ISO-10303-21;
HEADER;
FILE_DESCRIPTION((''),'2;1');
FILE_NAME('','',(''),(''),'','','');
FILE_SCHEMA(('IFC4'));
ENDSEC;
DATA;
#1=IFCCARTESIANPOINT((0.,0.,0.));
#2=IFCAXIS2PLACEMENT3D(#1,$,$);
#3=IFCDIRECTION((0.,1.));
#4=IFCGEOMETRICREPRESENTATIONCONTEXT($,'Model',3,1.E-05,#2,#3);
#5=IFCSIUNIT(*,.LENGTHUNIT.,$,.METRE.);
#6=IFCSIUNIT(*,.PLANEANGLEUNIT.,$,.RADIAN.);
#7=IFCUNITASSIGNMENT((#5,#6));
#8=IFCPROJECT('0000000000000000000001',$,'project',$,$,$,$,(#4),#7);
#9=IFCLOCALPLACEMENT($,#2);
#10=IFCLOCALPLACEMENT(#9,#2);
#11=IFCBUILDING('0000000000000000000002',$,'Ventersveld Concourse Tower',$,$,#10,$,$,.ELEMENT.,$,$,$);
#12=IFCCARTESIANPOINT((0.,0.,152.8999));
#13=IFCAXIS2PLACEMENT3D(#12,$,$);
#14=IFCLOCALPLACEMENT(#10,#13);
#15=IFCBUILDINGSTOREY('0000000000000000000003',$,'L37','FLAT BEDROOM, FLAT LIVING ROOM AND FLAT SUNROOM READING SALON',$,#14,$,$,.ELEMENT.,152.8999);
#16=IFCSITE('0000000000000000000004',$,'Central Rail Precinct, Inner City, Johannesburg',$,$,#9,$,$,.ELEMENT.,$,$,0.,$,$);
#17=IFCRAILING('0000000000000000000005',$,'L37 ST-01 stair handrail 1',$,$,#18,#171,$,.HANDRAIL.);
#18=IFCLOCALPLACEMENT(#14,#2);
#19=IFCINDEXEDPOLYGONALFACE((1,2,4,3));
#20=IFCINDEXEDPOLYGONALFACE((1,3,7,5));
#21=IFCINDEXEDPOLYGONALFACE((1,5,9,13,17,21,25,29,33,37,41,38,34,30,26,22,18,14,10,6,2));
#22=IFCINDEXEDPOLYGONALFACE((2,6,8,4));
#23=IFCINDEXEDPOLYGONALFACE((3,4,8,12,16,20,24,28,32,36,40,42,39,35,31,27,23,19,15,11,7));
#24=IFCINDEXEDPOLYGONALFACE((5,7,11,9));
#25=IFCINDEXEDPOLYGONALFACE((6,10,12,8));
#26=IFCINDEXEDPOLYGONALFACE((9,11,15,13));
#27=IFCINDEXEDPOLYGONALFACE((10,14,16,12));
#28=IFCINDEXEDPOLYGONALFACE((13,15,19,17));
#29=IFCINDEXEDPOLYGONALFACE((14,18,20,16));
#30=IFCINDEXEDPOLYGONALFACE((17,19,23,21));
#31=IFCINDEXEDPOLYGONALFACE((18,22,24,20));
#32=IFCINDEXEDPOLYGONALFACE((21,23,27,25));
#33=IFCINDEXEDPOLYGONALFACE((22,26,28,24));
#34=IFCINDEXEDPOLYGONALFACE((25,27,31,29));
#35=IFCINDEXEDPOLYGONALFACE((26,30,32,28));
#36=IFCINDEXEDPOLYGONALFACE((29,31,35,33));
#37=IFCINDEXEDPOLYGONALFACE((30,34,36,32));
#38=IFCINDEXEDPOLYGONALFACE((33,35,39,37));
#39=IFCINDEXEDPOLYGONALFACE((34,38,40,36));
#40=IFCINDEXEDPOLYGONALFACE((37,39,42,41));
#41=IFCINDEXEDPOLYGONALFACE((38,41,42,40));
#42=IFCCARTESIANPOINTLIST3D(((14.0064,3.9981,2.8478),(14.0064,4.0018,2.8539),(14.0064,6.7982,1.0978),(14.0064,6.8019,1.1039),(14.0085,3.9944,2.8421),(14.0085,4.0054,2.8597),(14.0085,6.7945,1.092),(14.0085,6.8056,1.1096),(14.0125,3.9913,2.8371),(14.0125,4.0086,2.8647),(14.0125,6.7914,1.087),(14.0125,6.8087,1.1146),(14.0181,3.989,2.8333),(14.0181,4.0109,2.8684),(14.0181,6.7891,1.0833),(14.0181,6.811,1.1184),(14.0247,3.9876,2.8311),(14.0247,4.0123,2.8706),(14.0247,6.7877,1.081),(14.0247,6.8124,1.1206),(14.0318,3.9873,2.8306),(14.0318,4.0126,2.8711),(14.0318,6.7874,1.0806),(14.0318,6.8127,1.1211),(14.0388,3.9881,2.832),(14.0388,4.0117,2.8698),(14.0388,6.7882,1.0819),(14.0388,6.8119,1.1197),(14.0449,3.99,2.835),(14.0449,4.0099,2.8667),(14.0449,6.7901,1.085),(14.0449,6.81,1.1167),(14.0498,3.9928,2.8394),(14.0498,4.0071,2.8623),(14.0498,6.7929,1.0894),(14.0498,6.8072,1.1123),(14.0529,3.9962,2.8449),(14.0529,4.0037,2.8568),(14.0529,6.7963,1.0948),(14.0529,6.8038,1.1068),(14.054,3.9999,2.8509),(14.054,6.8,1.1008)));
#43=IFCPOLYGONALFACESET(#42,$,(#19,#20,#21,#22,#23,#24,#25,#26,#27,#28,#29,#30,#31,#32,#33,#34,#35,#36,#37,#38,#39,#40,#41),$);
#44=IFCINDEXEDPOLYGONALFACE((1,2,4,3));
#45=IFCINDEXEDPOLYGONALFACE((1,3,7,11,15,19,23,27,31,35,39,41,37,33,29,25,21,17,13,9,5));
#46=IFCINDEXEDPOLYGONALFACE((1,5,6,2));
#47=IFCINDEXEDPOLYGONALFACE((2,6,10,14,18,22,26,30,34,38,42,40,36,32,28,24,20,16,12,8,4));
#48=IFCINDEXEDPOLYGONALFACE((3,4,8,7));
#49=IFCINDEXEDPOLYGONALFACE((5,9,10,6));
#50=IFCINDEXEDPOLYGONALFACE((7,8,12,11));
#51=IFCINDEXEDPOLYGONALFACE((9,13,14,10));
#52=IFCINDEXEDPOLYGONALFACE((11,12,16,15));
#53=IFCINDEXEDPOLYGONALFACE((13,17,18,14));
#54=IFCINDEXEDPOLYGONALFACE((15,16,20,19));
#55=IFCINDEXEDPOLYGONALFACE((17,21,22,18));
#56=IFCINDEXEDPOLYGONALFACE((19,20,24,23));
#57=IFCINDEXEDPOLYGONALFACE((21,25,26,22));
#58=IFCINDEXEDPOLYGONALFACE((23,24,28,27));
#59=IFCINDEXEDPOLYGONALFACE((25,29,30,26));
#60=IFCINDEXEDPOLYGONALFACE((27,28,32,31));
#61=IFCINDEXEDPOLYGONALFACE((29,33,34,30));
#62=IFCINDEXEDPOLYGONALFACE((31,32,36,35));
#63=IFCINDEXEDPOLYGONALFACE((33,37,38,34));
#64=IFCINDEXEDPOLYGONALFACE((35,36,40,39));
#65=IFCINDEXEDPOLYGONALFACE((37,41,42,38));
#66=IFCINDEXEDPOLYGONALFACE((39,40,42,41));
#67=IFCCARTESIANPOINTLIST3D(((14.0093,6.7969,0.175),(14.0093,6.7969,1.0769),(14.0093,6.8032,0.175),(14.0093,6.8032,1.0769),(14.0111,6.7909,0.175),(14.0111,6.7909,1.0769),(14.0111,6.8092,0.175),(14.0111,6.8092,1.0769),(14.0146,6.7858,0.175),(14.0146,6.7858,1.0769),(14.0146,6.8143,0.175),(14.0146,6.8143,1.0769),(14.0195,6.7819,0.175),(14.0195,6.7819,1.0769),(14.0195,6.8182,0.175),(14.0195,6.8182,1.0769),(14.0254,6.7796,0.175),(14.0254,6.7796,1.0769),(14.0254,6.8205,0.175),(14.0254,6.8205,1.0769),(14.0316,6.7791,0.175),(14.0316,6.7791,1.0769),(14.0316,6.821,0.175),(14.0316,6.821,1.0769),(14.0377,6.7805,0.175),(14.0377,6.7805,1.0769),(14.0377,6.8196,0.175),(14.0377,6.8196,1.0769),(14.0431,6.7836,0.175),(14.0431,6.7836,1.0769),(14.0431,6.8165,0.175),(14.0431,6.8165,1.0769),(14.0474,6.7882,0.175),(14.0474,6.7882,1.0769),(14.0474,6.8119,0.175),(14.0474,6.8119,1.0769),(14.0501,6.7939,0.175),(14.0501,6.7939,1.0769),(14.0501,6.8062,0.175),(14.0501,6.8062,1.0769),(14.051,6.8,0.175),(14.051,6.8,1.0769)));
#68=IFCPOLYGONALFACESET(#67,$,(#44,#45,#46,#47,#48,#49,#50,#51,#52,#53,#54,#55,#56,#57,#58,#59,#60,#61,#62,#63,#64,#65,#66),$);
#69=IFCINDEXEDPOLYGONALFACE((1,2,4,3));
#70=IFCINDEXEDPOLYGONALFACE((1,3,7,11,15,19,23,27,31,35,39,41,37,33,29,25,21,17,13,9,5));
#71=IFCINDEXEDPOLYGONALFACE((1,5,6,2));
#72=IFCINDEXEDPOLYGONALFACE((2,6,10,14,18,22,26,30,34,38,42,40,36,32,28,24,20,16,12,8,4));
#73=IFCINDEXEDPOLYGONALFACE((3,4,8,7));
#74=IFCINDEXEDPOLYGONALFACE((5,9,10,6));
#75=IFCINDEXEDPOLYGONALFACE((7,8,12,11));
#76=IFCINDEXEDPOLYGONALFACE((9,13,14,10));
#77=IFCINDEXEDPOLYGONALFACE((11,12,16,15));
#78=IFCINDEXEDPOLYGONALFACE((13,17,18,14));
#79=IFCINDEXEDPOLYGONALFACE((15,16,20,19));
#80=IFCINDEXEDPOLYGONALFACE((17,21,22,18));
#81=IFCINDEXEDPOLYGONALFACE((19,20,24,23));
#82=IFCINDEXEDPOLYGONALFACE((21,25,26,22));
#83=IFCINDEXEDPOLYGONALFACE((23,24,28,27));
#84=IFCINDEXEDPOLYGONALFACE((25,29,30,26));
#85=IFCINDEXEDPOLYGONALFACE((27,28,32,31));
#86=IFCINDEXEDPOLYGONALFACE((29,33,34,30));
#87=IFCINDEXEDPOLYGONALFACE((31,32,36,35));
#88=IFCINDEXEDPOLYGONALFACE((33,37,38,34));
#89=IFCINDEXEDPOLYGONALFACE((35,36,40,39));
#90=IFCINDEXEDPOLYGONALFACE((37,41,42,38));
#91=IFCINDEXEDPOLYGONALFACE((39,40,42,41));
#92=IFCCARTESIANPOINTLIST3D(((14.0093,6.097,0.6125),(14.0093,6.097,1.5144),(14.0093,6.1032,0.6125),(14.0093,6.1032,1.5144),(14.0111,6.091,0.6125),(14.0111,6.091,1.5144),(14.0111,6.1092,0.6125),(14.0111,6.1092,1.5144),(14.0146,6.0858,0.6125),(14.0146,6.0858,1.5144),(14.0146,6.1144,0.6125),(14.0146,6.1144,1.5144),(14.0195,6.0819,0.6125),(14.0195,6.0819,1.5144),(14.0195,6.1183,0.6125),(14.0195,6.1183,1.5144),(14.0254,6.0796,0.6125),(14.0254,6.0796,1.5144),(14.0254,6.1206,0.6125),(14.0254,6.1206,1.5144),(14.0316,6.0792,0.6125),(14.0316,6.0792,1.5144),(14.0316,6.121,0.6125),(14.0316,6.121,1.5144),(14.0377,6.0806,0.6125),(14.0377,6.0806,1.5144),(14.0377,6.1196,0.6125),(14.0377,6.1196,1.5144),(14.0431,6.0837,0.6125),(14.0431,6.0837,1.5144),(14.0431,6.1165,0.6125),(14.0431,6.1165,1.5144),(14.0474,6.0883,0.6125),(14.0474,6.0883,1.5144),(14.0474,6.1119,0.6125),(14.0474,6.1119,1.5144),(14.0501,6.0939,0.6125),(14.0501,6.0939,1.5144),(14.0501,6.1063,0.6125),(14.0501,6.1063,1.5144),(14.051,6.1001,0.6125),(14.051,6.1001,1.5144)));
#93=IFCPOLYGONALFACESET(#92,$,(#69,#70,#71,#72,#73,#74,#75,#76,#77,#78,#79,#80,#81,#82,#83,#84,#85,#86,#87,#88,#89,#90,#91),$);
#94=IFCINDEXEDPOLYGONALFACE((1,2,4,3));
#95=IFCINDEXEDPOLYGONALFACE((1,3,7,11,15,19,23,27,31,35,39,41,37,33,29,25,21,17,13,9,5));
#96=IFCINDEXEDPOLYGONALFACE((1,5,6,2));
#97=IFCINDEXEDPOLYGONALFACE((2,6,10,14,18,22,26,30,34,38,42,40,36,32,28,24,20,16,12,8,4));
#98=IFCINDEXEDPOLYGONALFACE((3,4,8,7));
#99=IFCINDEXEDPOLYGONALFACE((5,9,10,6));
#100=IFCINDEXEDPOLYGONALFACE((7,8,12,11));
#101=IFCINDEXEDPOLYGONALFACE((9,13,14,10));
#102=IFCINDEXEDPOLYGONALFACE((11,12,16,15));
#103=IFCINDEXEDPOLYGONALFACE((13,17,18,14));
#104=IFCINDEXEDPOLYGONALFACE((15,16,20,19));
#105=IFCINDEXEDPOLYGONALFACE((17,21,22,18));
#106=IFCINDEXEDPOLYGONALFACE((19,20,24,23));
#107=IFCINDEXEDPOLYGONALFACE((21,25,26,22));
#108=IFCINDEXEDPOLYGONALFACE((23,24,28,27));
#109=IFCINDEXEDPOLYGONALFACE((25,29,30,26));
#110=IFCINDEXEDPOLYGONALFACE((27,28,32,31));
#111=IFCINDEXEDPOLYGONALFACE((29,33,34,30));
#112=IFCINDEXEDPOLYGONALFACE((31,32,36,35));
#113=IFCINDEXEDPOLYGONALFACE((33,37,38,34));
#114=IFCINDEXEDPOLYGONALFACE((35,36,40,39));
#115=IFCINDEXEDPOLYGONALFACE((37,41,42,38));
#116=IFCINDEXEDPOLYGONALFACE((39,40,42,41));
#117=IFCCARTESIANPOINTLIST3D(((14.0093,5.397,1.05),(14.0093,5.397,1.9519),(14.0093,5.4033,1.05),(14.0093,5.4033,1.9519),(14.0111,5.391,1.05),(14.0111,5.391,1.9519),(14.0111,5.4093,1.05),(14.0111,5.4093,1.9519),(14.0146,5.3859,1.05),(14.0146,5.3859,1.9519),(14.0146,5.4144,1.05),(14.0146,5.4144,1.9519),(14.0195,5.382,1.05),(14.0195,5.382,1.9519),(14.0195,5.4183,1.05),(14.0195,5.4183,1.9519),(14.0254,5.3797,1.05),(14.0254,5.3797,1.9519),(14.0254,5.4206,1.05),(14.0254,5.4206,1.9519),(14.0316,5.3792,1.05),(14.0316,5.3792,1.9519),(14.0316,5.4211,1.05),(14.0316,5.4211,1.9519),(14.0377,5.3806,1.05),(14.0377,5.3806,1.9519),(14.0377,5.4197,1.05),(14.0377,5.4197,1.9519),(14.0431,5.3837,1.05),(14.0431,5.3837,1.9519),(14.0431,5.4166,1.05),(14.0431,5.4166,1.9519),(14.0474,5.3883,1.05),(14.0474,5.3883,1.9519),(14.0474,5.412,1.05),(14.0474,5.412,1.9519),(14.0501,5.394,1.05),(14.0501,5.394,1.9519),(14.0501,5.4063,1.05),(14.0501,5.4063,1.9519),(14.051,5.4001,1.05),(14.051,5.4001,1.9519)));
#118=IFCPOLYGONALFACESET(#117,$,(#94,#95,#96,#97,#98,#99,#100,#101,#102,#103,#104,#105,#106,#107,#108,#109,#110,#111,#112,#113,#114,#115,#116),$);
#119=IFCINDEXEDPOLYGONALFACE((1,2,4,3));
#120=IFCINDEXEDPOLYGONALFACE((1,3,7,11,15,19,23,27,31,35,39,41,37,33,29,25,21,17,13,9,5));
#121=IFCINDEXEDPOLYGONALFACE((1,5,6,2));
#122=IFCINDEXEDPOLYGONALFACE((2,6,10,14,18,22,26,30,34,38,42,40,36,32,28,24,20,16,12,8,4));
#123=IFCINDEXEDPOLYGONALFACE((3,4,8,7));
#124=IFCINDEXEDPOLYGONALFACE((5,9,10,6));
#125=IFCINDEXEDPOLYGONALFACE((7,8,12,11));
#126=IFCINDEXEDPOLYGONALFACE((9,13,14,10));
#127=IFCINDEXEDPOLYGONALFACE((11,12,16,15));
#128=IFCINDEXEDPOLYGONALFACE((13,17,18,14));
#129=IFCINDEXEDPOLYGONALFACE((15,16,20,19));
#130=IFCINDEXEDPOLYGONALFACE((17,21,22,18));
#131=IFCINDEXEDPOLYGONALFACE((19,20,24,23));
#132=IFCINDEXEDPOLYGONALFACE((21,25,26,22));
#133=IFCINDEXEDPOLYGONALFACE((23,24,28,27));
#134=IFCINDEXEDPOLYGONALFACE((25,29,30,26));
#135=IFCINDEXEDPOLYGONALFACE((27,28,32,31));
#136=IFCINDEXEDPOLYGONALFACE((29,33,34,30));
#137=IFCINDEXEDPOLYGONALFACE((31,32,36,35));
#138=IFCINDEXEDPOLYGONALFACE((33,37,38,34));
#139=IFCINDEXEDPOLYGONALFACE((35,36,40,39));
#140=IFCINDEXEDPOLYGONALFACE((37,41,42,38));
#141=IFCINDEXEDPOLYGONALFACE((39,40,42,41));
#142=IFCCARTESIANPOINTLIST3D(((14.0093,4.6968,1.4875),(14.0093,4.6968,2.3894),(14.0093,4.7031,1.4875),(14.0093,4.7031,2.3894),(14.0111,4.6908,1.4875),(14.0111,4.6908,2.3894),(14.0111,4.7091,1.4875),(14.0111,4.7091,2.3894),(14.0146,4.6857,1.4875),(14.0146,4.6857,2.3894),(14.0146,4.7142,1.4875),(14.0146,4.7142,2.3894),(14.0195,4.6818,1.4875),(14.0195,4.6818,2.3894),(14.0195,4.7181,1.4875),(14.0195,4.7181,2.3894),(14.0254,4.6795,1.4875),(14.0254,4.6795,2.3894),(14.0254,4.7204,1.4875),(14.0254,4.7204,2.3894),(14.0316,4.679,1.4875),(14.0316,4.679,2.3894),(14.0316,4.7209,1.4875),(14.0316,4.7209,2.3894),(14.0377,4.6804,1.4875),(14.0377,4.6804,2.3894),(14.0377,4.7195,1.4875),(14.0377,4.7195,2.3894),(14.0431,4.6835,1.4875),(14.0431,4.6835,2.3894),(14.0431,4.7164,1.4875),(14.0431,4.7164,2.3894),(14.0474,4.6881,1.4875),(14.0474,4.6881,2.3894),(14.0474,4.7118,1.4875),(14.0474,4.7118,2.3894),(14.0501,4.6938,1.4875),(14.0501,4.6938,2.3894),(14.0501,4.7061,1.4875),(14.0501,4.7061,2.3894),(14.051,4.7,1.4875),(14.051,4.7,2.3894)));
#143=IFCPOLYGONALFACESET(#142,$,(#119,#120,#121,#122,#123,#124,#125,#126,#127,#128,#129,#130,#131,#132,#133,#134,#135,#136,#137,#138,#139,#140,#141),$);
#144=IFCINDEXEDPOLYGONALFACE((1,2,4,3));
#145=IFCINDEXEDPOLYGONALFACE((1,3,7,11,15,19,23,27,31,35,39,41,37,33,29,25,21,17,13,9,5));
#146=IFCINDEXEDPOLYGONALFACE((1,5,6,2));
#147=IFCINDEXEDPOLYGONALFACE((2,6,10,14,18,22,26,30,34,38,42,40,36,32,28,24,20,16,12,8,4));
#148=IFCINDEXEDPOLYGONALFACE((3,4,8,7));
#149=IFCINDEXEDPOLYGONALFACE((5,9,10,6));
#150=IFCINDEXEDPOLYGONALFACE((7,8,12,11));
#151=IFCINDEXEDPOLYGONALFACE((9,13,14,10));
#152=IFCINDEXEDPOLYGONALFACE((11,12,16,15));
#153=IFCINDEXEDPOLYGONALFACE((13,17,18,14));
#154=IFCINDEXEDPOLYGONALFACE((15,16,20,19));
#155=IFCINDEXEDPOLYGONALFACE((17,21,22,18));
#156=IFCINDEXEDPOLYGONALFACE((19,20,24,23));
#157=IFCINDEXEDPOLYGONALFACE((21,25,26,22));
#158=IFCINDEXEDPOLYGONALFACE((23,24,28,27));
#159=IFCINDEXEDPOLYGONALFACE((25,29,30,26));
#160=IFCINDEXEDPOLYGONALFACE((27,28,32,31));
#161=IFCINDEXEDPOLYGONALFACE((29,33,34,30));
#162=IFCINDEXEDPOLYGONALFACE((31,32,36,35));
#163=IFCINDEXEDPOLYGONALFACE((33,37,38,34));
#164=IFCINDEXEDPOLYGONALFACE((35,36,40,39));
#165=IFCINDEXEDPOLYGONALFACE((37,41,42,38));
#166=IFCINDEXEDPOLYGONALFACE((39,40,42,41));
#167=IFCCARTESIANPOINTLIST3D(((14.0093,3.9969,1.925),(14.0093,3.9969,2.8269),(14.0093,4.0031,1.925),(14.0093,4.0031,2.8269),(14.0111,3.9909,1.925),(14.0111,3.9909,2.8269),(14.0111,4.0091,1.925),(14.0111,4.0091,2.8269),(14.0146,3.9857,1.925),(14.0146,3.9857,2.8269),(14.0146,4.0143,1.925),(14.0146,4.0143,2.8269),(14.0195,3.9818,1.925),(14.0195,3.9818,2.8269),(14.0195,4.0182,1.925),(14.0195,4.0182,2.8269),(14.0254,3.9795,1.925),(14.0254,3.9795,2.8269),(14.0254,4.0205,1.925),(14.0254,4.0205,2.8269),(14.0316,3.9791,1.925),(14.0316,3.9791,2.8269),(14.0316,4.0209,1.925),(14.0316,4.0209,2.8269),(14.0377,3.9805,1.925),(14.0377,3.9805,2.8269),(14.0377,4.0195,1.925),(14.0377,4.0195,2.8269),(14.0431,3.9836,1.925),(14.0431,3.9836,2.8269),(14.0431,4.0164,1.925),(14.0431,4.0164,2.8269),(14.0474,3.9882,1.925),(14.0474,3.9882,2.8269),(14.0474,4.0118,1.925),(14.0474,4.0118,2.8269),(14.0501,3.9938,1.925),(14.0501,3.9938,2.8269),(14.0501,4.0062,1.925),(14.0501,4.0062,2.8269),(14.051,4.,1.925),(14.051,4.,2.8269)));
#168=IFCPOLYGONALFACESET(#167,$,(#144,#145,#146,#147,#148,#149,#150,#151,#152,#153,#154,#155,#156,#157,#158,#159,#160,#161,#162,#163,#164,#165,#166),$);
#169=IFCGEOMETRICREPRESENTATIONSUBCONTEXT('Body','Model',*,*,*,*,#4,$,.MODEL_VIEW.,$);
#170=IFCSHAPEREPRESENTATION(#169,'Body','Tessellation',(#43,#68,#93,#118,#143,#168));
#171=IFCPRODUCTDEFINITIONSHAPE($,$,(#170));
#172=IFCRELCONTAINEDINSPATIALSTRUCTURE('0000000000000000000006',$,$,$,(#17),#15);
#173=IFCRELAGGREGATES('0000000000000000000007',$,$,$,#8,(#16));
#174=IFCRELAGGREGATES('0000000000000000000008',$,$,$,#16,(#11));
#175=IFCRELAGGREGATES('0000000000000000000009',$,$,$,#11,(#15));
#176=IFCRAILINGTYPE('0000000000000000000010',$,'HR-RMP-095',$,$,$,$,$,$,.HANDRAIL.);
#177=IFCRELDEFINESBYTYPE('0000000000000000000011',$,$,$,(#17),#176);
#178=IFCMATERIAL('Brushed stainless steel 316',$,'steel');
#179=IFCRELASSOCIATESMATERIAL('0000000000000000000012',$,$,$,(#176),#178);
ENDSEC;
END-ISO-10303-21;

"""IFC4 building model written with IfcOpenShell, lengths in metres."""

from ifc_helpers import new_model, si_unit, direction, frame, origin, origin_2d, place, context, subcontext, project, spatial, circle, extrude, material, type_object, element, save


model = new_model("IFC4")

# Units and contexts
model_context = context("Model", 3, precision=1e-05, world=origin(), true_north=direction((0.0, 1.0)))
body_context = subcontext(model_context, "Body", "Model", "MODEL_VIEW")
ifc_project = project(units=[si_unit("LENGTHUNIT", "METRE"), si_unit("PLANEANGLEUNIT", "RADIAN")], contexts=[model_context])

# Site, building, storey
site_placement = place(None, origin())
site = spatial("IfcSite", under=ifc_project, at=site_placement, Name="Central Rail Precinct, Inner City, Johannesburg", CompositionType="ELEMENT", RefElevation=0.0)
building_placement = place(site_placement, origin())
building = spatial("IfcBuilding", under=site, at=building_placement, Name="Ventersveld Concourse Tower", CompositionType="ELEMENT")
storey_placement = place(building_placement, frame((0.0, 0.0, 152.8999)))
storey = spatial("IfcBuildingStorey", under=building, at=storey_placement, Name="L37", Description="FLAT BEDROOM, FLAT LIVING ROOM AND FLAT SUNROOM READING SALON", CompositionType="ELEMENT", Elevation=152.8999)

# Railing
ifc_material_1 = material(Name="Brushed stainless steel 316", Category="steel")
railing_type = type_object("IfcRailingType", Name="HR-RMP-095", PredefinedType="HANDRAIL", material=ifc_material_1)
railing_placement = place(storey_placement, frame((14.03, 6.8, 0.175)))
element("IfcRailing", 1, at=railing_placement, inside=storey, type_object=railing_type, Name="L37 ST-01 stair handrail 1", PredefinedType="HANDRAIL", context=body_context, shape_type="SweptSolid", body=[
    extrude(circle(Radius=0.0239, at=origin_2d()), frame((0.0, 0.0, 0.9258), z_axis=(0.0, -0.848002, 0.529992), x_axis=(1.0, 0.0, 0.0)), (0.0, 0.0, 1.0), 3.302),
    extrude(circle(Radius=0.021, at=origin_2d()), origin(), (0.0, 0.0, 1.0), 0.9019),
    extrude(circle(Radius=0.021, at=origin_2d()), frame((0.0, -0.7, 0.4375)), (0.0, 0.0, 1.0), 0.9019),
    extrude(circle(Radius=0.021, at=origin_2d()), frame((0.0, -1.3999, 0.875)), (0.0, 0.0, 1.0), 0.9019),
    extrude(circle(Radius=0.021, at=origin_2d()), frame((0.0, -2.1001, 1.3125)), (0.0, 0.0, 1.0), 0.9019),
    extrude(circle(Radius=0.021, at=origin_2d()), frame((0.0, -2.8, 1.75)), (0.0, 0.0, 1.0), 0.9019),
])

save(model, "model.ifc")
